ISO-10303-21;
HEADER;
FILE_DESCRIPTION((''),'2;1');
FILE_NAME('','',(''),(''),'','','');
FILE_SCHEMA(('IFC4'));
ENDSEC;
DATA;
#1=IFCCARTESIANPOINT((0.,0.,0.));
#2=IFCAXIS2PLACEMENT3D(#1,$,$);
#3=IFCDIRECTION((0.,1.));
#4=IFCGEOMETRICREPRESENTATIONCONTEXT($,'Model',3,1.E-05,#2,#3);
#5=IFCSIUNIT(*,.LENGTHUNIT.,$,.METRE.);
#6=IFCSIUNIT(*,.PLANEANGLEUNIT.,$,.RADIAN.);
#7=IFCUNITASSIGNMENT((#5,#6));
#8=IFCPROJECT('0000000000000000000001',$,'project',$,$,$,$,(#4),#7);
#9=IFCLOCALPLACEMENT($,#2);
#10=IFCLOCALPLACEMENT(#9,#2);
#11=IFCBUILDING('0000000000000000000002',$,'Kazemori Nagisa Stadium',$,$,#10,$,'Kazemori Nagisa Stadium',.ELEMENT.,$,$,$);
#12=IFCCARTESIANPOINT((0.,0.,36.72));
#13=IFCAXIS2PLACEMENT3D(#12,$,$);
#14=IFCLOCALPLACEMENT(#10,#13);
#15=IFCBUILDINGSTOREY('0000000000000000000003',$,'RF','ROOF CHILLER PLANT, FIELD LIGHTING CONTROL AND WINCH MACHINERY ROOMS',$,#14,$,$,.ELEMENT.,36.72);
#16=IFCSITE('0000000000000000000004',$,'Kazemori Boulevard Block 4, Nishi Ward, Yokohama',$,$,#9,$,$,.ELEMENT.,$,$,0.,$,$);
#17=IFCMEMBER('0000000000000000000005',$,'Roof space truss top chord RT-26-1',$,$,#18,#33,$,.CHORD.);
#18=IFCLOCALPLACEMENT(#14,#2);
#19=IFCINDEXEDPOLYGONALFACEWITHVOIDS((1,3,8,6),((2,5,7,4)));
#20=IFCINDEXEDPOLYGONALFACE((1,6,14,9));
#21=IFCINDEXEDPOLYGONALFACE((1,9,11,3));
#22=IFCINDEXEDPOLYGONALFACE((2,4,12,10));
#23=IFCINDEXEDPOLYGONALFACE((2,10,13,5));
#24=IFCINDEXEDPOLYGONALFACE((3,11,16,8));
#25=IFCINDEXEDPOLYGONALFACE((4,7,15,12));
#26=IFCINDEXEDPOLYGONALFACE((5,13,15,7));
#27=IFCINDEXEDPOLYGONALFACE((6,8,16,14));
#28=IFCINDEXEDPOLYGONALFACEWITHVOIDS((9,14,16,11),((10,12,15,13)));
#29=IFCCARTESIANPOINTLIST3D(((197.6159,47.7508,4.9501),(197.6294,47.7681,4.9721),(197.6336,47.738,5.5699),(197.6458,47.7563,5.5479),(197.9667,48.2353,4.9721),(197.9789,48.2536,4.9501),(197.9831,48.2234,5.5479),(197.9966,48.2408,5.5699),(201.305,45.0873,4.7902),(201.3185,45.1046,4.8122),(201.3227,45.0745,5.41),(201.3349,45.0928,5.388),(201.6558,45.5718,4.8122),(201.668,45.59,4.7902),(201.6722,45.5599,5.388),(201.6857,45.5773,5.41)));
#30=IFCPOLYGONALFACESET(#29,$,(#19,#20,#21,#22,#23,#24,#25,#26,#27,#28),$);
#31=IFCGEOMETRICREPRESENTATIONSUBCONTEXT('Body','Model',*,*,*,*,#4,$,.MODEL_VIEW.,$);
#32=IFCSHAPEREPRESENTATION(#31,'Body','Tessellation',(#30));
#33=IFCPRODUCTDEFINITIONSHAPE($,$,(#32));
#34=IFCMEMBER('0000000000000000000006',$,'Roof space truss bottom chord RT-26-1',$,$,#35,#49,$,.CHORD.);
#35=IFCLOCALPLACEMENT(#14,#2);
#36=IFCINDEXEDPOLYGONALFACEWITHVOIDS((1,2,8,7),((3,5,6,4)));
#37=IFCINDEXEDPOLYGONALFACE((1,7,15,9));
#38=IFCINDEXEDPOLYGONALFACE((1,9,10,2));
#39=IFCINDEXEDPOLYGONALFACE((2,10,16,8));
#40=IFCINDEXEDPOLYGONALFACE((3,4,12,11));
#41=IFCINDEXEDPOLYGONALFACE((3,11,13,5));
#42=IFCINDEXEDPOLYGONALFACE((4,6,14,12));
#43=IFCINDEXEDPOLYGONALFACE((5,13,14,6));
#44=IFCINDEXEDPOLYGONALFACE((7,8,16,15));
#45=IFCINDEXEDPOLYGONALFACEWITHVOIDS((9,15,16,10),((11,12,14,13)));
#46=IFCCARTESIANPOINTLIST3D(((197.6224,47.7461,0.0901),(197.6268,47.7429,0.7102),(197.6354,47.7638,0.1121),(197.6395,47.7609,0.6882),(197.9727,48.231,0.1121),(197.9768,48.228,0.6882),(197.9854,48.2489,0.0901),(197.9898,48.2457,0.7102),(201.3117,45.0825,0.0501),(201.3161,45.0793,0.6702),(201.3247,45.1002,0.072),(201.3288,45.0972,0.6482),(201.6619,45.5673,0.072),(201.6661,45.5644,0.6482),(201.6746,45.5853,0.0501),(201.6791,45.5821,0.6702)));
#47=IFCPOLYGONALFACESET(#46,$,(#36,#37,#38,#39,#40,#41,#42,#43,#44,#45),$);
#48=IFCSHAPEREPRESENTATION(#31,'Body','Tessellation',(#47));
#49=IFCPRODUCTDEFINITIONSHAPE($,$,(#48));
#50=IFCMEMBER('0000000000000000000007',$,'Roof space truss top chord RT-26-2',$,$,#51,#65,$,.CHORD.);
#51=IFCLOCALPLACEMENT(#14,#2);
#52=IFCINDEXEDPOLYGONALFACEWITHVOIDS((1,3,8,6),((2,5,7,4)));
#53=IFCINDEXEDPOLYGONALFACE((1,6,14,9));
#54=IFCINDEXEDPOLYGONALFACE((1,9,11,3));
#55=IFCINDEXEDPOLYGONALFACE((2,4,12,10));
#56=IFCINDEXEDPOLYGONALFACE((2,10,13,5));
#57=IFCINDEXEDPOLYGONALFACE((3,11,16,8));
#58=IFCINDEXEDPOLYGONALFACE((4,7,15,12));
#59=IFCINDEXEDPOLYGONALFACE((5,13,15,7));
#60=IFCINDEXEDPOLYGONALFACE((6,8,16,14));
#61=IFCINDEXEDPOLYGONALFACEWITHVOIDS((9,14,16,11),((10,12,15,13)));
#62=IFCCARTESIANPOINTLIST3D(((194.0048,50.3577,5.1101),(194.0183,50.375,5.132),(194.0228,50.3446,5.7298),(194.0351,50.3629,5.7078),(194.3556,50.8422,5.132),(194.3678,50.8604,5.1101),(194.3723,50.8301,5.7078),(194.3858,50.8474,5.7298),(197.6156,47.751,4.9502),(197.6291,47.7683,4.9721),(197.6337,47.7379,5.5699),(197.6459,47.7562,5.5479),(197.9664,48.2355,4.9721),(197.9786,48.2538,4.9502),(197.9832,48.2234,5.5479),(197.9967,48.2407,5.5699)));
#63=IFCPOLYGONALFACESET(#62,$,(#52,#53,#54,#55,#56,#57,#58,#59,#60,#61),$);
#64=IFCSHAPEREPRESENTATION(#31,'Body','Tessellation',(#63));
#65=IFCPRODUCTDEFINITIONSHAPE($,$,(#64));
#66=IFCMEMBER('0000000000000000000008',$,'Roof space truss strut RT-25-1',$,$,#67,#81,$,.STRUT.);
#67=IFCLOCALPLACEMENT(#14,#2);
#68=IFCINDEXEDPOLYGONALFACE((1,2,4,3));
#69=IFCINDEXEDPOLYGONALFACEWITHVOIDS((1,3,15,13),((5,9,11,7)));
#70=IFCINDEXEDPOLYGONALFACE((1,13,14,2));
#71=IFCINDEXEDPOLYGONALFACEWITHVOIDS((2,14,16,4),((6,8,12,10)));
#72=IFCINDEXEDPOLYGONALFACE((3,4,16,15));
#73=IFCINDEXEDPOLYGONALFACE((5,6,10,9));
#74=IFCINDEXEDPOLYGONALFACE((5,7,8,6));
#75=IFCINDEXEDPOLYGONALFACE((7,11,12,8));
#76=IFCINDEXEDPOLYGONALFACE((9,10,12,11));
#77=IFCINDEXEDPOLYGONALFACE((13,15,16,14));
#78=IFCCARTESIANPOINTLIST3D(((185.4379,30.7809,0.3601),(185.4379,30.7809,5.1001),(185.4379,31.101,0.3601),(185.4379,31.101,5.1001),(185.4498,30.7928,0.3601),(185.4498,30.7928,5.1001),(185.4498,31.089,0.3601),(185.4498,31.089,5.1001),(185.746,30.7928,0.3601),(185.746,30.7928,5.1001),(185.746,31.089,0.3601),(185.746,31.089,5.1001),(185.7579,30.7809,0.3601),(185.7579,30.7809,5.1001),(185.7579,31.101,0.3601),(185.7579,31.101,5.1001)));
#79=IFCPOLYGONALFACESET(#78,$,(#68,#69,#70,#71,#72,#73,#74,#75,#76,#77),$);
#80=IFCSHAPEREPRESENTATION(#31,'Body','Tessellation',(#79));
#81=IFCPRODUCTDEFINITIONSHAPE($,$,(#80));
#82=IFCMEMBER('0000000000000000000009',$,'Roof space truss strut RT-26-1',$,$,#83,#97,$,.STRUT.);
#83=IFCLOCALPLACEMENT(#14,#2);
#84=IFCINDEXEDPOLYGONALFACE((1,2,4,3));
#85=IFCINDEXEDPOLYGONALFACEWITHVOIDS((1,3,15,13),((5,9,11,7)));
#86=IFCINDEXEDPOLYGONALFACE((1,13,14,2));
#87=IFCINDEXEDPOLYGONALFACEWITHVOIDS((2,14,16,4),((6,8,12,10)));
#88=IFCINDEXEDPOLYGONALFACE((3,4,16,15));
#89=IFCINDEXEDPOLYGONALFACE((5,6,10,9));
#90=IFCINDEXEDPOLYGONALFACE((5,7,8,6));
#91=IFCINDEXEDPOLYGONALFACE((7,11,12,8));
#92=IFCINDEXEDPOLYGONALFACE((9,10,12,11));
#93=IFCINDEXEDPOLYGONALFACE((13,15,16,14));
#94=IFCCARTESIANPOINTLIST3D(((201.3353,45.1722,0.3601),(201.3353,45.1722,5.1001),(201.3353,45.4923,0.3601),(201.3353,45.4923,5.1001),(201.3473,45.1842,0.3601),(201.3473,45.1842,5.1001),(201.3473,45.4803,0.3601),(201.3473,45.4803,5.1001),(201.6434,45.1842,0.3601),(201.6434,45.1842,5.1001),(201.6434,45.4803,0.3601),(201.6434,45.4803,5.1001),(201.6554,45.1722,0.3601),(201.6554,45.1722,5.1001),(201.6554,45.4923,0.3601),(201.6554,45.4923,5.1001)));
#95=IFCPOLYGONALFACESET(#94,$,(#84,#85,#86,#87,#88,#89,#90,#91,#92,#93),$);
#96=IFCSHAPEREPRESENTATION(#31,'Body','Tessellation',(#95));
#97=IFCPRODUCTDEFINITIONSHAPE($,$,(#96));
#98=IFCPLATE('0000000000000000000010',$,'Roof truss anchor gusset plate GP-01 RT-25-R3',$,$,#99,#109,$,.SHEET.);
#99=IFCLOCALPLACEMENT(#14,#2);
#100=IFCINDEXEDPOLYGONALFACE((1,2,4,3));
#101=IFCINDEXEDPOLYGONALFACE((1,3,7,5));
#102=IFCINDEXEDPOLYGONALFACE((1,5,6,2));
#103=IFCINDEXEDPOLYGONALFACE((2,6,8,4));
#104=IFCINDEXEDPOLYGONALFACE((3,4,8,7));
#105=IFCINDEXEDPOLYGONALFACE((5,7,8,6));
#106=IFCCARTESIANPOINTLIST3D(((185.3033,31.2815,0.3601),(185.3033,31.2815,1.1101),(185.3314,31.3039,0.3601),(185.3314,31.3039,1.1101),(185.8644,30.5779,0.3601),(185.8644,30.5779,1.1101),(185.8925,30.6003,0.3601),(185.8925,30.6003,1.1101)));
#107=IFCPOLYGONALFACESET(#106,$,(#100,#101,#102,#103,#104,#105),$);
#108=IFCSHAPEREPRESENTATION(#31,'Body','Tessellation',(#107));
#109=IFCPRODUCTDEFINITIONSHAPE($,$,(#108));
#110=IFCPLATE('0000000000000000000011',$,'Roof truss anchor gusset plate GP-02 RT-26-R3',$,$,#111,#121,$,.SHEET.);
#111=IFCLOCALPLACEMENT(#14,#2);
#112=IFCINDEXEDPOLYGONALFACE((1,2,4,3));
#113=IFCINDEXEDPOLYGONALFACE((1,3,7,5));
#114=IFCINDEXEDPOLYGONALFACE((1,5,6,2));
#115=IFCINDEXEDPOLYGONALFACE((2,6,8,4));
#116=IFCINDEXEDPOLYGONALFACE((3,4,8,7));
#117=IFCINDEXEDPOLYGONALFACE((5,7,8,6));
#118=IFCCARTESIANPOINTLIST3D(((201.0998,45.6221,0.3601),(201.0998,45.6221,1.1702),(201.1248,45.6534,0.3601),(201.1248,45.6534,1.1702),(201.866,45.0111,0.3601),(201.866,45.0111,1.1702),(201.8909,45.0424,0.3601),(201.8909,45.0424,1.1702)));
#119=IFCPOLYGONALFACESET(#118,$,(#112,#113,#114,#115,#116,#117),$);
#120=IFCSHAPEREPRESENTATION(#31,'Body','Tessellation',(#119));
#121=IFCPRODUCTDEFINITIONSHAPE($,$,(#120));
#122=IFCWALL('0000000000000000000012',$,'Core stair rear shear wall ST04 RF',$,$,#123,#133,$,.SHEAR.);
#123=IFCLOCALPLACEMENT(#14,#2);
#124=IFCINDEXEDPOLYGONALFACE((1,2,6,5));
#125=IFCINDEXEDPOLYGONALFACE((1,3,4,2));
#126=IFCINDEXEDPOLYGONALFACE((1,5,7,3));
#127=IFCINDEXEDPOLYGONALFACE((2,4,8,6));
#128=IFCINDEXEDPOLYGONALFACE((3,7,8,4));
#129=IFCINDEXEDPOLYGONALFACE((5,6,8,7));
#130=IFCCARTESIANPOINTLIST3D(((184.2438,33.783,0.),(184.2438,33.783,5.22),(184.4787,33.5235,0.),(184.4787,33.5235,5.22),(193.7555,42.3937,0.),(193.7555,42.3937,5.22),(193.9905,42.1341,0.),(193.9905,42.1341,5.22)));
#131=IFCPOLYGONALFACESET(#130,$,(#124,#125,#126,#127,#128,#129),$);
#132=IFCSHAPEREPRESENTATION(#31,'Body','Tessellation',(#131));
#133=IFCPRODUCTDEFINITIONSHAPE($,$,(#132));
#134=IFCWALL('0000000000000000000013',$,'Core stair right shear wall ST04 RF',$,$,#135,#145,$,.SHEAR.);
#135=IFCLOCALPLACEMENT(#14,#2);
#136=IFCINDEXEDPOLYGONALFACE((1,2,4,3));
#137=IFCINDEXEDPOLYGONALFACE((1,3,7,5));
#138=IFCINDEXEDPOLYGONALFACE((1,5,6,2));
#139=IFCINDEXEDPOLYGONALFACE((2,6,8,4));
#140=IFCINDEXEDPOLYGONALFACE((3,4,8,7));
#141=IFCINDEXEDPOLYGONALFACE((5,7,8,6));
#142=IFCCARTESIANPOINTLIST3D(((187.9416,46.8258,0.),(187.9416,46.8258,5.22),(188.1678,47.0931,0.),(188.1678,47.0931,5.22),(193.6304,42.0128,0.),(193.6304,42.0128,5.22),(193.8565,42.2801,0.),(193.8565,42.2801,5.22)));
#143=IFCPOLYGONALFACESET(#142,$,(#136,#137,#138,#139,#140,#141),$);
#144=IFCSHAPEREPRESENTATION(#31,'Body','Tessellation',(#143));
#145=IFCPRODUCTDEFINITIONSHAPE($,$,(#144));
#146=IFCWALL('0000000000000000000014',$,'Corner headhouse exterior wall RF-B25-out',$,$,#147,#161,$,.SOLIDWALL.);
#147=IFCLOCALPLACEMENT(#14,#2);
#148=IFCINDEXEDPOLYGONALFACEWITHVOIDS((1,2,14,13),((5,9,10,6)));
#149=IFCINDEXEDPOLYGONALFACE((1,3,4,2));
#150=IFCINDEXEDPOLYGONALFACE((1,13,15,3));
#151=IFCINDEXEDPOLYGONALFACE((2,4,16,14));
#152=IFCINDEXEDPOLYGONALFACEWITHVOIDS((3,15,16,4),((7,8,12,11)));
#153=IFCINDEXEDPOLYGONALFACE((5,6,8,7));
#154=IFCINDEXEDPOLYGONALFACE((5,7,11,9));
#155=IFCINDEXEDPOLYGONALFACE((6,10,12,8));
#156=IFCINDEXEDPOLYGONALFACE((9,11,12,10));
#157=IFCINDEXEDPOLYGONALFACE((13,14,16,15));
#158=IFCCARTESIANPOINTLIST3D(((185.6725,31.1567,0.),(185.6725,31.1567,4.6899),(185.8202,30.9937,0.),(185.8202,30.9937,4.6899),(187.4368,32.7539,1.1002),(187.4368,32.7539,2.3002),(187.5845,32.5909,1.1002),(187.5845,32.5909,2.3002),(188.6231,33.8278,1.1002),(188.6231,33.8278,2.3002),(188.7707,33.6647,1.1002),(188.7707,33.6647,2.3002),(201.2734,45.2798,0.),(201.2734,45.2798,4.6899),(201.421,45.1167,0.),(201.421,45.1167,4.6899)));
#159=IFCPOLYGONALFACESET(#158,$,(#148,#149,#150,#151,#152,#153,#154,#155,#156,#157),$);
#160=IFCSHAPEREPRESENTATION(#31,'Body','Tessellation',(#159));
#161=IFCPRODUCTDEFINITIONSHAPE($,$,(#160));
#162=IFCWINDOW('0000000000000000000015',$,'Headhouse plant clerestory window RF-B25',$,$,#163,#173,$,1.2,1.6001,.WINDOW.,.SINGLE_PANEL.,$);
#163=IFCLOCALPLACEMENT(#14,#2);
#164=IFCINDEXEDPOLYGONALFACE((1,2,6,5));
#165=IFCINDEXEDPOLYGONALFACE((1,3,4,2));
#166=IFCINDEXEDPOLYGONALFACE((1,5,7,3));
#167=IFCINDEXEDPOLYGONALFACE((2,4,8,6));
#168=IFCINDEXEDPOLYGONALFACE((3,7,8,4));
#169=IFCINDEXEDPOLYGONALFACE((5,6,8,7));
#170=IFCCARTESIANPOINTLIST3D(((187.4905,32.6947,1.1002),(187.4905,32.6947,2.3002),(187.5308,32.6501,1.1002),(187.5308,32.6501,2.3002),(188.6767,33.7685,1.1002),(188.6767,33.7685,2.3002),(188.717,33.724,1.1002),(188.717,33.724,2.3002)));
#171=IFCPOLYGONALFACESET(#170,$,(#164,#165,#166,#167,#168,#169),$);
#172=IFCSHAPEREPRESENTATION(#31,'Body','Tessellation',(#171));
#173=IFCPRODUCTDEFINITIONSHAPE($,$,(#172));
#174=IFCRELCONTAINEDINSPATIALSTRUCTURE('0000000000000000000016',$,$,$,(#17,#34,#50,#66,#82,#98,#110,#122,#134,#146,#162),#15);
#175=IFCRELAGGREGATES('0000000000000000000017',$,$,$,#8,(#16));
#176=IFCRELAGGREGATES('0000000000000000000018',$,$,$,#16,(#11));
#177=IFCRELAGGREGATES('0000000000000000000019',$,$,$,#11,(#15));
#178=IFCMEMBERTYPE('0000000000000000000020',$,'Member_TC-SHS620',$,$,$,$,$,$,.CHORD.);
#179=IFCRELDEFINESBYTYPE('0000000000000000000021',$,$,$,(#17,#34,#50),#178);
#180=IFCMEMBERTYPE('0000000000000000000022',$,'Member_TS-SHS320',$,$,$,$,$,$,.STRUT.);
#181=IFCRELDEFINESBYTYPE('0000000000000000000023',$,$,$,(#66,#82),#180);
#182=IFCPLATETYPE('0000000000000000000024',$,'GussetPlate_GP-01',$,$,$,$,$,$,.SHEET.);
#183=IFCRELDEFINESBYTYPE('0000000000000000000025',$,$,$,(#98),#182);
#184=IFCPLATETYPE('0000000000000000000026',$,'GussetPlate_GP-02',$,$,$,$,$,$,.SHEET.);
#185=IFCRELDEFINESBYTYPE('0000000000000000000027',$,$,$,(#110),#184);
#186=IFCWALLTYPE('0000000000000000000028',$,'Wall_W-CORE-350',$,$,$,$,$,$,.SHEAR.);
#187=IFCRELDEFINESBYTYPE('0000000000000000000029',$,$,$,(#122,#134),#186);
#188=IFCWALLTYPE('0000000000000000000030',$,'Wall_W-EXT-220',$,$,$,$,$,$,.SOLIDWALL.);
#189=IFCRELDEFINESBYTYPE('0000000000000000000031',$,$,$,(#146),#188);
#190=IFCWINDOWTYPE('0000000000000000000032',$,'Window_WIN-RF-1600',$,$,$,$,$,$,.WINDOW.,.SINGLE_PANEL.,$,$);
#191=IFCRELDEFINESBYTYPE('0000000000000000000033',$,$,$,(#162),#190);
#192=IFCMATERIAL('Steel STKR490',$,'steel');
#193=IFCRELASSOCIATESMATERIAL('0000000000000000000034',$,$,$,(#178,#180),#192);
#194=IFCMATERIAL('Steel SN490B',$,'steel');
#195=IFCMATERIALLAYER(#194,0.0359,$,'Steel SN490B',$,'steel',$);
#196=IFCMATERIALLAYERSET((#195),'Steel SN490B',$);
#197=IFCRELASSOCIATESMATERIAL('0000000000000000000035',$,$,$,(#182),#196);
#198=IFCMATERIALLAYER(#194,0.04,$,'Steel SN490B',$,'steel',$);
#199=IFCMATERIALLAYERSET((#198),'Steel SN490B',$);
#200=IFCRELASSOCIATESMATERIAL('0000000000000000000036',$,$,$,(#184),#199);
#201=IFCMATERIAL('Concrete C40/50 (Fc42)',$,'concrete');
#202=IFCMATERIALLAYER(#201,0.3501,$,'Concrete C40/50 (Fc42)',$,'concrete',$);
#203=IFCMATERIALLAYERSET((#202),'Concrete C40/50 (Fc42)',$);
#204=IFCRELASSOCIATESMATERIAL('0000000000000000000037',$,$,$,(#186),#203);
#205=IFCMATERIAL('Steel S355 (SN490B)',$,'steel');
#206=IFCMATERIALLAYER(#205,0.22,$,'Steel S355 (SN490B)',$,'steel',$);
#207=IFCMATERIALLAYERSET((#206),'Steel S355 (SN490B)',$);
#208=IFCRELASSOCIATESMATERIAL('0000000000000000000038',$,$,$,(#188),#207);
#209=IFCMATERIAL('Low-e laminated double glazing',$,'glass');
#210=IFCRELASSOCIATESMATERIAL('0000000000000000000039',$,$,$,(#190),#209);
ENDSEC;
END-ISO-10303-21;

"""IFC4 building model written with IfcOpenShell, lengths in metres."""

from ifc_helpers import new_model, si_unit, direction, frame, frame_2d, origin, origin_2d, place, context, subcontext, project, spatial, rectangle, hollow_rectangle, extrude, material, layer, layer_set, material_profile, profile_set, type_object, element, fill, save


model = new_model("IFC4")

# Units and contexts
model_context = context("Model", 3, precision=1e-05, world=origin(), true_north=direction((0.0, 1.0)))
body_context = subcontext(model_context, "Body", "Model", "MODEL_VIEW")
ifc_project = project(units=[si_unit("LENGTHUNIT", "METRE"), si_unit("PLANEANGLEUNIT", "RADIAN")], contexts=[model_context])

# Site, building, storey
site_placement = place(None, origin())
site = spatial("IfcSite", under=ifc_project, at=site_placement, Name="Kazemori Boulevard Block 4, Nishi Ward, Yokohama", CompositionType="ELEMENT", RefElevation=0.0)
building_placement = place(site_placement, origin())
building = spatial("IfcBuilding", under=site, at=building_placement, Name="Kazemori Nagisa Stadium", LongName="Kazemori Nagisa Stadium", CompositionType="ELEMENT")
storey_placement = place(building_placement, frame((0.0, 0.0, 36.72)))
storey = spatial("IfcBuildingStorey", under=building, at=storey_placement, Name="RF", Description="ROOF CHILLER PLANT, FIELD LIGHTING CONTROL AND WINCH MACHINERY ROOMS", CompositionType="ELEMENT", Elevation=36.72)

# Shared definitions
ifc_material_1 = material(Name="Steel SN490B", Category="steel")

# Shared definitions
ifc_material_2 = material(Name="Concrete C40/50 (Fc42)", Category="concrete")

# Members
ifc_material_3 = material(Name="Steel STKR490", Category="steel")
ifc_material_profile_1 = material_profile(ifc_material_3, hollow_rectangle(XDim=0.6201, YDim=0.6201, WallThickness=0.022, at=origin_2d()), Name="SHS-620x620x22")
ifc_profile_set_1 = profile_set([ifc_material_profile_1], Name="Steel STKR490")
member_type_1 = type_object("IfcMemberType", Name="Member_TC-SHS620", PredefinedType="CHORD", material=ifc_profile_set_1)
member_1_placement = place(storey_placement, frame((201.4954, 45.3323, 5.1001), z_axis=(-0.810268, 0.585006, 0.035122), x_axis=(-0.585367, -0.810768, 0.0)))
element("IfcMember", 1, at=member_1_placement, inside=storey, type_object=member_type_1, Name="Roof space truss top chord RT-26-1", PredefinedType="CHORD", context=body_context, shape_type="SweptSolid", body=[
    extrude(hollow_rectangle(XDim=0.6201, YDim=0.6201, WallThickness=0.022, at=origin_2d()), origin(), (0.0, 0.0, 1.0), 4.553),
])
member_2_placement = place(storey_placement, frame((201.4954, 45.3323, 0.3601), z_axis=(-0.810737, 0.585344, 0.008799), x_axis=(-0.585367, -0.810768, 0.0)))
element("IfcMember", 2, at=member_2_placement, inside=storey, type_object=member_type_1, Name="Roof space truss bottom chord RT-26-1", PredefinedType="CHORD", context=body_context, shape_type="SweptSolid", body=[
    extrude(hollow_rectangle(XDim=0.6201, YDim=0.6201, WallThickness=0.022, at=origin_2d()), origin(), (0.0, 0.0, 1.0), 4.5505),
])
member_3_placement = place(storey_placement, frame((197.8062, 47.9958, 5.26), z_axis=(-0.810278, 0.584945, 0.035885), x_axis=(-0.585322, -0.810801, 0.0)))
element("IfcMember", 3, at=member_3_placement, inside=storey, type_object=member_type_1, Name="Roof space truss top chord RT-26-2", PredefinedType="CHORD", context=body_context, shape_type="SweptSolid", body=[
    extrude(hollow_rectangle(XDim=0.6201, YDim=0.6201, WallThickness=0.022, at=origin_2d()), origin(), (0.0, 0.0, 1.0), 4.4563),
])
ifc_material_profile_2 = material_profile(ifc_material_3, hollow_rectangle(XDim=0.3201, YDim=0.3201, WallThickness=0.012, at=origin_2d()), Name="SHS-320x320x12")
ifc_profile_set_2 = profile_set([ifc_material_profile_2], Name="Steel STKR490")
member_type_2 = type_object("IfcMemberType", Name="Member_TS-SHS320", PredefinedType="STRUT", material=ifc_profile_set_2)
for number, where, z_axis, x_axis, name in (
    (4, (185.5979, 30.9409, 0.3601), (0.0, 0.0, 1.0), (1.0, 0.0, 0.0), "Roof space truss strut RT-25-1"),
    (5, (201.4954, 45.3323, 0.3601), (0.0, 0.0, 1.0), (1.0, 0.0, 0.0), "Roof space truss strut RT-26-1"),
):
    element("IfcMember", number, at=place(storey_placement, frame(where, z_axis=z_axis, x_axis=x_axis)), inside=storey, type_object=member_type_2, Name=name, PredefinedType="STRUT", context=body_context, shape_type="SweptSolid", body=[
        extrude(hollow_rectangle(XDim=0.3201, YDim=0.3201, WallThickness=0.012, at=origin_2d()), origin(), (0.0, 0.0, 1.0), 4.74),
    ])

# Plates
ifc_layer_1 = layer(ifc_material_1, 0.0359, Name="Steel SN490B", Category="steel")
ifc_layer_set_1 = layer_set([ifc_layer_1], Name="Steel SN490B")
plate_type_1 = type_object("IfcPlateType", Name="GussetPlate_GP-01", PredefinedType="SHEET", material=ifc_layer_set_1)
plate_1_placement = place(storey_placement, frame((185.5979, 30.9409, 0.3601), z_axis=(0.0, 0.0, 1.0), x_axis=(0.62349, -0.781831, 0.0)))
element("IfcPlate", 6, at=plate_1_placement, inside=storey, type_object=plate_type_1, Name="Roof truss anchor gusset plate GP-01 RT-25-R3", PredefinedType="SHEET", context=body_context, shape_type="SweptSolid", body=[
    extrude(rectangle(XDim=0.8999, YDim=0.0359, at=origin_2d()), origin(), (0.0, 0.0, 1.0), 0.75),
])
ifc_layer_2 = layer(ifc_material_1, 0.04, Name="Steel SN490B", Category="steel")
ifc_layer_set_2 = layer_set([ifc_layer_2], Name="Steel SN490B")
plate_type_2 = type_object("IfcPlateType", Name="GussetPlate_GP-02", PredefinedType="SHEET", material=ifc_layer_set_2)
plate_2_placement = place(storey_placement, frame((201.4954, 45.3323, 0.3601), z_axis=(0.0, 0.0, 1.0), x_axis=(0.781831, -0.62349, 0.0)))
element("IfcPlate", 7, at=plate_2_placement, inside=storey, type_object=plate_type_2, Name="Roof truss anchor gusset plate GP-02 RT-26-R3", PredefinedType="SHEET", context=body_context, shape_type="SweptSolid", body=[
    extrude(rectangle(XDim=0.98, YDim=0.04, at=origin_2d()), origin(), (0.0, 0.0, 1.0), 0.8101),
])

# Walls
ifc_layer_3 = layer(ifc_material_2, 0.3501, Name="Concrete C40/50 (Fc42)", Category="concrete")
ifc_layer_set_3 = layer_set([ifc_layer_3], Name="Concrete C40/50 (Fc42)")
wall_type_1 = type_object("IfcWallType", Name="Wall_W-CORE-350", PredefinedType="SHEAR", material=ifc_layer_set_3)
wall_1_placement = place(storey_placement, frame((184.3613, 33.6533, 0.0), z_axis=(0.0, 0.0, 1.0), x_axis=(0.741351, 0.671117, 0.0)))
element("IfcWall", 8, at=wall_1_placement, inside=storey, type_object=wall_type_1, Name="Core stair rear shear wall ST04 RF", PredefinedType="SHEAR", context=body_context, shape_type="SweptSolid", body=[
    extrude(rectangle(XDim=12.8303, YDim=0.3501, at=frame_2d((6.415, 0.0))), origin(), (0.0, 0.0, 1.0), 5.22),
])
wall_2_placement = place(storey_placement, frame((188.0547, 46.9595, 0.0), z_axis=(0.0, 0.0, 1.0), x_axis=(0.763422, -0.6459, 0.0)))
element("IfcWall", 9, at=wall_2_placement, inside=storey, type_object=wall_type_1, Name="Core stair right shear wall ST04 RF", PredefinedType="SHEAR", context=body_context, shape_type="SweptSolid", body=[
    extrude(rectangle(XDim=7.4517, YDim=0.3501, at=frame_2d((3.7258, 0.0))), origin(), (0.0, 0.0, 1.0), 5.22),
])

# Wall, opening, window
ifc_material_4 = material(Name="Steel S355 (SN490B)", Category="steel")
ifc_layer_4 = layer(ifc_material_4, 0.22, Name="Steel S355 (SN490B)", Category="steel")
ifc_layer_set_4 = layer_set([ifc_layer_4], Name="Steel S355 (SN490B)")
wall_type_2 = type_object("IfcWallType", Name="Wall_W-EXT-220", PredefinedType="SOLIDWALL", material=ifc_layer_set_4)
wall_3_placement = place(storey_placement, frame((185.7463, 31.0752, 0.0), z_axis=(0.0, 0.0, 1.0), x_axis=(0.741346, 0.671123, 0.0)))
wall_3 = element("IfcWall", 10, at=wall_3_placement, inside=storey, type_object=wall_type_2, Name="Corner headhouse exterior wall RF-B25-out", PredefinedType="SOLIDWALL", context=body_context, shape_type="SweptSolid", body=[
    extrude(rectangle(XDim=21.0439, YDim=0.22, at=frame_2d((10.522, 0.0))), origin(), (0.0, 0.0, 1.0), 4.6899),
])
opening_1_placement = place(wall_3_placement, frame((2.3799, 0.0, 1.1001)))
opening_1 = element("IfcOpeningElement", 11, at=opening_1_placement, cuts=wall_3, PredefinedType="OPENING", context=body_context, shape_type="SweptSolid", body=[
    extrude(rectangle(XDim=1.6001, YDim=1.2, at=frame_2d((0.8, 0.6001))), frame((0.0, 0.1199, 0.0), z_axis=(0.0, -1.0, 0.0), x_axis=(1.0, 0.0, 0.0)), (0.0, 0.0, 1.0), 0.24),
])
ifc_material_5 = material(Name="Low-e laminated double glazing", Category="glass")
window_type = type_object("IfcWindowType", Name="Window_WIN-RF-1600", PartitioningType="SINGLE_PANEL", PredefinedType="WINDOW", material=ifc_material_5)
window_placement = place(opening_1_placement, origin())
window = element("IfcWindow", 12, at=window_placement, inside=storey, type_object=window_type, Name="Headhouse plant clerestory window RF-B25", OverallHeight=1.2, OverallWidth=1.6001, PartitioningType="SINGLE_PANEL", PredefinedType="WINDOW", context=body_context, shape_type="SweptSolid", body=[
    extrude(rectangle(XDim=1.6001, YDim=1.2, at=frame_2d((0.8, 0.6001))), frame((0.0, 0.03, 0.0), z_axis=(0.0, -1.0, 0.0), x_axis=(1.0, 0.0, 0.0)), (0.0, 0.0, 1.0), 0.0601),
])
fill(opening_1, window)

save(model, "model.ifc")
